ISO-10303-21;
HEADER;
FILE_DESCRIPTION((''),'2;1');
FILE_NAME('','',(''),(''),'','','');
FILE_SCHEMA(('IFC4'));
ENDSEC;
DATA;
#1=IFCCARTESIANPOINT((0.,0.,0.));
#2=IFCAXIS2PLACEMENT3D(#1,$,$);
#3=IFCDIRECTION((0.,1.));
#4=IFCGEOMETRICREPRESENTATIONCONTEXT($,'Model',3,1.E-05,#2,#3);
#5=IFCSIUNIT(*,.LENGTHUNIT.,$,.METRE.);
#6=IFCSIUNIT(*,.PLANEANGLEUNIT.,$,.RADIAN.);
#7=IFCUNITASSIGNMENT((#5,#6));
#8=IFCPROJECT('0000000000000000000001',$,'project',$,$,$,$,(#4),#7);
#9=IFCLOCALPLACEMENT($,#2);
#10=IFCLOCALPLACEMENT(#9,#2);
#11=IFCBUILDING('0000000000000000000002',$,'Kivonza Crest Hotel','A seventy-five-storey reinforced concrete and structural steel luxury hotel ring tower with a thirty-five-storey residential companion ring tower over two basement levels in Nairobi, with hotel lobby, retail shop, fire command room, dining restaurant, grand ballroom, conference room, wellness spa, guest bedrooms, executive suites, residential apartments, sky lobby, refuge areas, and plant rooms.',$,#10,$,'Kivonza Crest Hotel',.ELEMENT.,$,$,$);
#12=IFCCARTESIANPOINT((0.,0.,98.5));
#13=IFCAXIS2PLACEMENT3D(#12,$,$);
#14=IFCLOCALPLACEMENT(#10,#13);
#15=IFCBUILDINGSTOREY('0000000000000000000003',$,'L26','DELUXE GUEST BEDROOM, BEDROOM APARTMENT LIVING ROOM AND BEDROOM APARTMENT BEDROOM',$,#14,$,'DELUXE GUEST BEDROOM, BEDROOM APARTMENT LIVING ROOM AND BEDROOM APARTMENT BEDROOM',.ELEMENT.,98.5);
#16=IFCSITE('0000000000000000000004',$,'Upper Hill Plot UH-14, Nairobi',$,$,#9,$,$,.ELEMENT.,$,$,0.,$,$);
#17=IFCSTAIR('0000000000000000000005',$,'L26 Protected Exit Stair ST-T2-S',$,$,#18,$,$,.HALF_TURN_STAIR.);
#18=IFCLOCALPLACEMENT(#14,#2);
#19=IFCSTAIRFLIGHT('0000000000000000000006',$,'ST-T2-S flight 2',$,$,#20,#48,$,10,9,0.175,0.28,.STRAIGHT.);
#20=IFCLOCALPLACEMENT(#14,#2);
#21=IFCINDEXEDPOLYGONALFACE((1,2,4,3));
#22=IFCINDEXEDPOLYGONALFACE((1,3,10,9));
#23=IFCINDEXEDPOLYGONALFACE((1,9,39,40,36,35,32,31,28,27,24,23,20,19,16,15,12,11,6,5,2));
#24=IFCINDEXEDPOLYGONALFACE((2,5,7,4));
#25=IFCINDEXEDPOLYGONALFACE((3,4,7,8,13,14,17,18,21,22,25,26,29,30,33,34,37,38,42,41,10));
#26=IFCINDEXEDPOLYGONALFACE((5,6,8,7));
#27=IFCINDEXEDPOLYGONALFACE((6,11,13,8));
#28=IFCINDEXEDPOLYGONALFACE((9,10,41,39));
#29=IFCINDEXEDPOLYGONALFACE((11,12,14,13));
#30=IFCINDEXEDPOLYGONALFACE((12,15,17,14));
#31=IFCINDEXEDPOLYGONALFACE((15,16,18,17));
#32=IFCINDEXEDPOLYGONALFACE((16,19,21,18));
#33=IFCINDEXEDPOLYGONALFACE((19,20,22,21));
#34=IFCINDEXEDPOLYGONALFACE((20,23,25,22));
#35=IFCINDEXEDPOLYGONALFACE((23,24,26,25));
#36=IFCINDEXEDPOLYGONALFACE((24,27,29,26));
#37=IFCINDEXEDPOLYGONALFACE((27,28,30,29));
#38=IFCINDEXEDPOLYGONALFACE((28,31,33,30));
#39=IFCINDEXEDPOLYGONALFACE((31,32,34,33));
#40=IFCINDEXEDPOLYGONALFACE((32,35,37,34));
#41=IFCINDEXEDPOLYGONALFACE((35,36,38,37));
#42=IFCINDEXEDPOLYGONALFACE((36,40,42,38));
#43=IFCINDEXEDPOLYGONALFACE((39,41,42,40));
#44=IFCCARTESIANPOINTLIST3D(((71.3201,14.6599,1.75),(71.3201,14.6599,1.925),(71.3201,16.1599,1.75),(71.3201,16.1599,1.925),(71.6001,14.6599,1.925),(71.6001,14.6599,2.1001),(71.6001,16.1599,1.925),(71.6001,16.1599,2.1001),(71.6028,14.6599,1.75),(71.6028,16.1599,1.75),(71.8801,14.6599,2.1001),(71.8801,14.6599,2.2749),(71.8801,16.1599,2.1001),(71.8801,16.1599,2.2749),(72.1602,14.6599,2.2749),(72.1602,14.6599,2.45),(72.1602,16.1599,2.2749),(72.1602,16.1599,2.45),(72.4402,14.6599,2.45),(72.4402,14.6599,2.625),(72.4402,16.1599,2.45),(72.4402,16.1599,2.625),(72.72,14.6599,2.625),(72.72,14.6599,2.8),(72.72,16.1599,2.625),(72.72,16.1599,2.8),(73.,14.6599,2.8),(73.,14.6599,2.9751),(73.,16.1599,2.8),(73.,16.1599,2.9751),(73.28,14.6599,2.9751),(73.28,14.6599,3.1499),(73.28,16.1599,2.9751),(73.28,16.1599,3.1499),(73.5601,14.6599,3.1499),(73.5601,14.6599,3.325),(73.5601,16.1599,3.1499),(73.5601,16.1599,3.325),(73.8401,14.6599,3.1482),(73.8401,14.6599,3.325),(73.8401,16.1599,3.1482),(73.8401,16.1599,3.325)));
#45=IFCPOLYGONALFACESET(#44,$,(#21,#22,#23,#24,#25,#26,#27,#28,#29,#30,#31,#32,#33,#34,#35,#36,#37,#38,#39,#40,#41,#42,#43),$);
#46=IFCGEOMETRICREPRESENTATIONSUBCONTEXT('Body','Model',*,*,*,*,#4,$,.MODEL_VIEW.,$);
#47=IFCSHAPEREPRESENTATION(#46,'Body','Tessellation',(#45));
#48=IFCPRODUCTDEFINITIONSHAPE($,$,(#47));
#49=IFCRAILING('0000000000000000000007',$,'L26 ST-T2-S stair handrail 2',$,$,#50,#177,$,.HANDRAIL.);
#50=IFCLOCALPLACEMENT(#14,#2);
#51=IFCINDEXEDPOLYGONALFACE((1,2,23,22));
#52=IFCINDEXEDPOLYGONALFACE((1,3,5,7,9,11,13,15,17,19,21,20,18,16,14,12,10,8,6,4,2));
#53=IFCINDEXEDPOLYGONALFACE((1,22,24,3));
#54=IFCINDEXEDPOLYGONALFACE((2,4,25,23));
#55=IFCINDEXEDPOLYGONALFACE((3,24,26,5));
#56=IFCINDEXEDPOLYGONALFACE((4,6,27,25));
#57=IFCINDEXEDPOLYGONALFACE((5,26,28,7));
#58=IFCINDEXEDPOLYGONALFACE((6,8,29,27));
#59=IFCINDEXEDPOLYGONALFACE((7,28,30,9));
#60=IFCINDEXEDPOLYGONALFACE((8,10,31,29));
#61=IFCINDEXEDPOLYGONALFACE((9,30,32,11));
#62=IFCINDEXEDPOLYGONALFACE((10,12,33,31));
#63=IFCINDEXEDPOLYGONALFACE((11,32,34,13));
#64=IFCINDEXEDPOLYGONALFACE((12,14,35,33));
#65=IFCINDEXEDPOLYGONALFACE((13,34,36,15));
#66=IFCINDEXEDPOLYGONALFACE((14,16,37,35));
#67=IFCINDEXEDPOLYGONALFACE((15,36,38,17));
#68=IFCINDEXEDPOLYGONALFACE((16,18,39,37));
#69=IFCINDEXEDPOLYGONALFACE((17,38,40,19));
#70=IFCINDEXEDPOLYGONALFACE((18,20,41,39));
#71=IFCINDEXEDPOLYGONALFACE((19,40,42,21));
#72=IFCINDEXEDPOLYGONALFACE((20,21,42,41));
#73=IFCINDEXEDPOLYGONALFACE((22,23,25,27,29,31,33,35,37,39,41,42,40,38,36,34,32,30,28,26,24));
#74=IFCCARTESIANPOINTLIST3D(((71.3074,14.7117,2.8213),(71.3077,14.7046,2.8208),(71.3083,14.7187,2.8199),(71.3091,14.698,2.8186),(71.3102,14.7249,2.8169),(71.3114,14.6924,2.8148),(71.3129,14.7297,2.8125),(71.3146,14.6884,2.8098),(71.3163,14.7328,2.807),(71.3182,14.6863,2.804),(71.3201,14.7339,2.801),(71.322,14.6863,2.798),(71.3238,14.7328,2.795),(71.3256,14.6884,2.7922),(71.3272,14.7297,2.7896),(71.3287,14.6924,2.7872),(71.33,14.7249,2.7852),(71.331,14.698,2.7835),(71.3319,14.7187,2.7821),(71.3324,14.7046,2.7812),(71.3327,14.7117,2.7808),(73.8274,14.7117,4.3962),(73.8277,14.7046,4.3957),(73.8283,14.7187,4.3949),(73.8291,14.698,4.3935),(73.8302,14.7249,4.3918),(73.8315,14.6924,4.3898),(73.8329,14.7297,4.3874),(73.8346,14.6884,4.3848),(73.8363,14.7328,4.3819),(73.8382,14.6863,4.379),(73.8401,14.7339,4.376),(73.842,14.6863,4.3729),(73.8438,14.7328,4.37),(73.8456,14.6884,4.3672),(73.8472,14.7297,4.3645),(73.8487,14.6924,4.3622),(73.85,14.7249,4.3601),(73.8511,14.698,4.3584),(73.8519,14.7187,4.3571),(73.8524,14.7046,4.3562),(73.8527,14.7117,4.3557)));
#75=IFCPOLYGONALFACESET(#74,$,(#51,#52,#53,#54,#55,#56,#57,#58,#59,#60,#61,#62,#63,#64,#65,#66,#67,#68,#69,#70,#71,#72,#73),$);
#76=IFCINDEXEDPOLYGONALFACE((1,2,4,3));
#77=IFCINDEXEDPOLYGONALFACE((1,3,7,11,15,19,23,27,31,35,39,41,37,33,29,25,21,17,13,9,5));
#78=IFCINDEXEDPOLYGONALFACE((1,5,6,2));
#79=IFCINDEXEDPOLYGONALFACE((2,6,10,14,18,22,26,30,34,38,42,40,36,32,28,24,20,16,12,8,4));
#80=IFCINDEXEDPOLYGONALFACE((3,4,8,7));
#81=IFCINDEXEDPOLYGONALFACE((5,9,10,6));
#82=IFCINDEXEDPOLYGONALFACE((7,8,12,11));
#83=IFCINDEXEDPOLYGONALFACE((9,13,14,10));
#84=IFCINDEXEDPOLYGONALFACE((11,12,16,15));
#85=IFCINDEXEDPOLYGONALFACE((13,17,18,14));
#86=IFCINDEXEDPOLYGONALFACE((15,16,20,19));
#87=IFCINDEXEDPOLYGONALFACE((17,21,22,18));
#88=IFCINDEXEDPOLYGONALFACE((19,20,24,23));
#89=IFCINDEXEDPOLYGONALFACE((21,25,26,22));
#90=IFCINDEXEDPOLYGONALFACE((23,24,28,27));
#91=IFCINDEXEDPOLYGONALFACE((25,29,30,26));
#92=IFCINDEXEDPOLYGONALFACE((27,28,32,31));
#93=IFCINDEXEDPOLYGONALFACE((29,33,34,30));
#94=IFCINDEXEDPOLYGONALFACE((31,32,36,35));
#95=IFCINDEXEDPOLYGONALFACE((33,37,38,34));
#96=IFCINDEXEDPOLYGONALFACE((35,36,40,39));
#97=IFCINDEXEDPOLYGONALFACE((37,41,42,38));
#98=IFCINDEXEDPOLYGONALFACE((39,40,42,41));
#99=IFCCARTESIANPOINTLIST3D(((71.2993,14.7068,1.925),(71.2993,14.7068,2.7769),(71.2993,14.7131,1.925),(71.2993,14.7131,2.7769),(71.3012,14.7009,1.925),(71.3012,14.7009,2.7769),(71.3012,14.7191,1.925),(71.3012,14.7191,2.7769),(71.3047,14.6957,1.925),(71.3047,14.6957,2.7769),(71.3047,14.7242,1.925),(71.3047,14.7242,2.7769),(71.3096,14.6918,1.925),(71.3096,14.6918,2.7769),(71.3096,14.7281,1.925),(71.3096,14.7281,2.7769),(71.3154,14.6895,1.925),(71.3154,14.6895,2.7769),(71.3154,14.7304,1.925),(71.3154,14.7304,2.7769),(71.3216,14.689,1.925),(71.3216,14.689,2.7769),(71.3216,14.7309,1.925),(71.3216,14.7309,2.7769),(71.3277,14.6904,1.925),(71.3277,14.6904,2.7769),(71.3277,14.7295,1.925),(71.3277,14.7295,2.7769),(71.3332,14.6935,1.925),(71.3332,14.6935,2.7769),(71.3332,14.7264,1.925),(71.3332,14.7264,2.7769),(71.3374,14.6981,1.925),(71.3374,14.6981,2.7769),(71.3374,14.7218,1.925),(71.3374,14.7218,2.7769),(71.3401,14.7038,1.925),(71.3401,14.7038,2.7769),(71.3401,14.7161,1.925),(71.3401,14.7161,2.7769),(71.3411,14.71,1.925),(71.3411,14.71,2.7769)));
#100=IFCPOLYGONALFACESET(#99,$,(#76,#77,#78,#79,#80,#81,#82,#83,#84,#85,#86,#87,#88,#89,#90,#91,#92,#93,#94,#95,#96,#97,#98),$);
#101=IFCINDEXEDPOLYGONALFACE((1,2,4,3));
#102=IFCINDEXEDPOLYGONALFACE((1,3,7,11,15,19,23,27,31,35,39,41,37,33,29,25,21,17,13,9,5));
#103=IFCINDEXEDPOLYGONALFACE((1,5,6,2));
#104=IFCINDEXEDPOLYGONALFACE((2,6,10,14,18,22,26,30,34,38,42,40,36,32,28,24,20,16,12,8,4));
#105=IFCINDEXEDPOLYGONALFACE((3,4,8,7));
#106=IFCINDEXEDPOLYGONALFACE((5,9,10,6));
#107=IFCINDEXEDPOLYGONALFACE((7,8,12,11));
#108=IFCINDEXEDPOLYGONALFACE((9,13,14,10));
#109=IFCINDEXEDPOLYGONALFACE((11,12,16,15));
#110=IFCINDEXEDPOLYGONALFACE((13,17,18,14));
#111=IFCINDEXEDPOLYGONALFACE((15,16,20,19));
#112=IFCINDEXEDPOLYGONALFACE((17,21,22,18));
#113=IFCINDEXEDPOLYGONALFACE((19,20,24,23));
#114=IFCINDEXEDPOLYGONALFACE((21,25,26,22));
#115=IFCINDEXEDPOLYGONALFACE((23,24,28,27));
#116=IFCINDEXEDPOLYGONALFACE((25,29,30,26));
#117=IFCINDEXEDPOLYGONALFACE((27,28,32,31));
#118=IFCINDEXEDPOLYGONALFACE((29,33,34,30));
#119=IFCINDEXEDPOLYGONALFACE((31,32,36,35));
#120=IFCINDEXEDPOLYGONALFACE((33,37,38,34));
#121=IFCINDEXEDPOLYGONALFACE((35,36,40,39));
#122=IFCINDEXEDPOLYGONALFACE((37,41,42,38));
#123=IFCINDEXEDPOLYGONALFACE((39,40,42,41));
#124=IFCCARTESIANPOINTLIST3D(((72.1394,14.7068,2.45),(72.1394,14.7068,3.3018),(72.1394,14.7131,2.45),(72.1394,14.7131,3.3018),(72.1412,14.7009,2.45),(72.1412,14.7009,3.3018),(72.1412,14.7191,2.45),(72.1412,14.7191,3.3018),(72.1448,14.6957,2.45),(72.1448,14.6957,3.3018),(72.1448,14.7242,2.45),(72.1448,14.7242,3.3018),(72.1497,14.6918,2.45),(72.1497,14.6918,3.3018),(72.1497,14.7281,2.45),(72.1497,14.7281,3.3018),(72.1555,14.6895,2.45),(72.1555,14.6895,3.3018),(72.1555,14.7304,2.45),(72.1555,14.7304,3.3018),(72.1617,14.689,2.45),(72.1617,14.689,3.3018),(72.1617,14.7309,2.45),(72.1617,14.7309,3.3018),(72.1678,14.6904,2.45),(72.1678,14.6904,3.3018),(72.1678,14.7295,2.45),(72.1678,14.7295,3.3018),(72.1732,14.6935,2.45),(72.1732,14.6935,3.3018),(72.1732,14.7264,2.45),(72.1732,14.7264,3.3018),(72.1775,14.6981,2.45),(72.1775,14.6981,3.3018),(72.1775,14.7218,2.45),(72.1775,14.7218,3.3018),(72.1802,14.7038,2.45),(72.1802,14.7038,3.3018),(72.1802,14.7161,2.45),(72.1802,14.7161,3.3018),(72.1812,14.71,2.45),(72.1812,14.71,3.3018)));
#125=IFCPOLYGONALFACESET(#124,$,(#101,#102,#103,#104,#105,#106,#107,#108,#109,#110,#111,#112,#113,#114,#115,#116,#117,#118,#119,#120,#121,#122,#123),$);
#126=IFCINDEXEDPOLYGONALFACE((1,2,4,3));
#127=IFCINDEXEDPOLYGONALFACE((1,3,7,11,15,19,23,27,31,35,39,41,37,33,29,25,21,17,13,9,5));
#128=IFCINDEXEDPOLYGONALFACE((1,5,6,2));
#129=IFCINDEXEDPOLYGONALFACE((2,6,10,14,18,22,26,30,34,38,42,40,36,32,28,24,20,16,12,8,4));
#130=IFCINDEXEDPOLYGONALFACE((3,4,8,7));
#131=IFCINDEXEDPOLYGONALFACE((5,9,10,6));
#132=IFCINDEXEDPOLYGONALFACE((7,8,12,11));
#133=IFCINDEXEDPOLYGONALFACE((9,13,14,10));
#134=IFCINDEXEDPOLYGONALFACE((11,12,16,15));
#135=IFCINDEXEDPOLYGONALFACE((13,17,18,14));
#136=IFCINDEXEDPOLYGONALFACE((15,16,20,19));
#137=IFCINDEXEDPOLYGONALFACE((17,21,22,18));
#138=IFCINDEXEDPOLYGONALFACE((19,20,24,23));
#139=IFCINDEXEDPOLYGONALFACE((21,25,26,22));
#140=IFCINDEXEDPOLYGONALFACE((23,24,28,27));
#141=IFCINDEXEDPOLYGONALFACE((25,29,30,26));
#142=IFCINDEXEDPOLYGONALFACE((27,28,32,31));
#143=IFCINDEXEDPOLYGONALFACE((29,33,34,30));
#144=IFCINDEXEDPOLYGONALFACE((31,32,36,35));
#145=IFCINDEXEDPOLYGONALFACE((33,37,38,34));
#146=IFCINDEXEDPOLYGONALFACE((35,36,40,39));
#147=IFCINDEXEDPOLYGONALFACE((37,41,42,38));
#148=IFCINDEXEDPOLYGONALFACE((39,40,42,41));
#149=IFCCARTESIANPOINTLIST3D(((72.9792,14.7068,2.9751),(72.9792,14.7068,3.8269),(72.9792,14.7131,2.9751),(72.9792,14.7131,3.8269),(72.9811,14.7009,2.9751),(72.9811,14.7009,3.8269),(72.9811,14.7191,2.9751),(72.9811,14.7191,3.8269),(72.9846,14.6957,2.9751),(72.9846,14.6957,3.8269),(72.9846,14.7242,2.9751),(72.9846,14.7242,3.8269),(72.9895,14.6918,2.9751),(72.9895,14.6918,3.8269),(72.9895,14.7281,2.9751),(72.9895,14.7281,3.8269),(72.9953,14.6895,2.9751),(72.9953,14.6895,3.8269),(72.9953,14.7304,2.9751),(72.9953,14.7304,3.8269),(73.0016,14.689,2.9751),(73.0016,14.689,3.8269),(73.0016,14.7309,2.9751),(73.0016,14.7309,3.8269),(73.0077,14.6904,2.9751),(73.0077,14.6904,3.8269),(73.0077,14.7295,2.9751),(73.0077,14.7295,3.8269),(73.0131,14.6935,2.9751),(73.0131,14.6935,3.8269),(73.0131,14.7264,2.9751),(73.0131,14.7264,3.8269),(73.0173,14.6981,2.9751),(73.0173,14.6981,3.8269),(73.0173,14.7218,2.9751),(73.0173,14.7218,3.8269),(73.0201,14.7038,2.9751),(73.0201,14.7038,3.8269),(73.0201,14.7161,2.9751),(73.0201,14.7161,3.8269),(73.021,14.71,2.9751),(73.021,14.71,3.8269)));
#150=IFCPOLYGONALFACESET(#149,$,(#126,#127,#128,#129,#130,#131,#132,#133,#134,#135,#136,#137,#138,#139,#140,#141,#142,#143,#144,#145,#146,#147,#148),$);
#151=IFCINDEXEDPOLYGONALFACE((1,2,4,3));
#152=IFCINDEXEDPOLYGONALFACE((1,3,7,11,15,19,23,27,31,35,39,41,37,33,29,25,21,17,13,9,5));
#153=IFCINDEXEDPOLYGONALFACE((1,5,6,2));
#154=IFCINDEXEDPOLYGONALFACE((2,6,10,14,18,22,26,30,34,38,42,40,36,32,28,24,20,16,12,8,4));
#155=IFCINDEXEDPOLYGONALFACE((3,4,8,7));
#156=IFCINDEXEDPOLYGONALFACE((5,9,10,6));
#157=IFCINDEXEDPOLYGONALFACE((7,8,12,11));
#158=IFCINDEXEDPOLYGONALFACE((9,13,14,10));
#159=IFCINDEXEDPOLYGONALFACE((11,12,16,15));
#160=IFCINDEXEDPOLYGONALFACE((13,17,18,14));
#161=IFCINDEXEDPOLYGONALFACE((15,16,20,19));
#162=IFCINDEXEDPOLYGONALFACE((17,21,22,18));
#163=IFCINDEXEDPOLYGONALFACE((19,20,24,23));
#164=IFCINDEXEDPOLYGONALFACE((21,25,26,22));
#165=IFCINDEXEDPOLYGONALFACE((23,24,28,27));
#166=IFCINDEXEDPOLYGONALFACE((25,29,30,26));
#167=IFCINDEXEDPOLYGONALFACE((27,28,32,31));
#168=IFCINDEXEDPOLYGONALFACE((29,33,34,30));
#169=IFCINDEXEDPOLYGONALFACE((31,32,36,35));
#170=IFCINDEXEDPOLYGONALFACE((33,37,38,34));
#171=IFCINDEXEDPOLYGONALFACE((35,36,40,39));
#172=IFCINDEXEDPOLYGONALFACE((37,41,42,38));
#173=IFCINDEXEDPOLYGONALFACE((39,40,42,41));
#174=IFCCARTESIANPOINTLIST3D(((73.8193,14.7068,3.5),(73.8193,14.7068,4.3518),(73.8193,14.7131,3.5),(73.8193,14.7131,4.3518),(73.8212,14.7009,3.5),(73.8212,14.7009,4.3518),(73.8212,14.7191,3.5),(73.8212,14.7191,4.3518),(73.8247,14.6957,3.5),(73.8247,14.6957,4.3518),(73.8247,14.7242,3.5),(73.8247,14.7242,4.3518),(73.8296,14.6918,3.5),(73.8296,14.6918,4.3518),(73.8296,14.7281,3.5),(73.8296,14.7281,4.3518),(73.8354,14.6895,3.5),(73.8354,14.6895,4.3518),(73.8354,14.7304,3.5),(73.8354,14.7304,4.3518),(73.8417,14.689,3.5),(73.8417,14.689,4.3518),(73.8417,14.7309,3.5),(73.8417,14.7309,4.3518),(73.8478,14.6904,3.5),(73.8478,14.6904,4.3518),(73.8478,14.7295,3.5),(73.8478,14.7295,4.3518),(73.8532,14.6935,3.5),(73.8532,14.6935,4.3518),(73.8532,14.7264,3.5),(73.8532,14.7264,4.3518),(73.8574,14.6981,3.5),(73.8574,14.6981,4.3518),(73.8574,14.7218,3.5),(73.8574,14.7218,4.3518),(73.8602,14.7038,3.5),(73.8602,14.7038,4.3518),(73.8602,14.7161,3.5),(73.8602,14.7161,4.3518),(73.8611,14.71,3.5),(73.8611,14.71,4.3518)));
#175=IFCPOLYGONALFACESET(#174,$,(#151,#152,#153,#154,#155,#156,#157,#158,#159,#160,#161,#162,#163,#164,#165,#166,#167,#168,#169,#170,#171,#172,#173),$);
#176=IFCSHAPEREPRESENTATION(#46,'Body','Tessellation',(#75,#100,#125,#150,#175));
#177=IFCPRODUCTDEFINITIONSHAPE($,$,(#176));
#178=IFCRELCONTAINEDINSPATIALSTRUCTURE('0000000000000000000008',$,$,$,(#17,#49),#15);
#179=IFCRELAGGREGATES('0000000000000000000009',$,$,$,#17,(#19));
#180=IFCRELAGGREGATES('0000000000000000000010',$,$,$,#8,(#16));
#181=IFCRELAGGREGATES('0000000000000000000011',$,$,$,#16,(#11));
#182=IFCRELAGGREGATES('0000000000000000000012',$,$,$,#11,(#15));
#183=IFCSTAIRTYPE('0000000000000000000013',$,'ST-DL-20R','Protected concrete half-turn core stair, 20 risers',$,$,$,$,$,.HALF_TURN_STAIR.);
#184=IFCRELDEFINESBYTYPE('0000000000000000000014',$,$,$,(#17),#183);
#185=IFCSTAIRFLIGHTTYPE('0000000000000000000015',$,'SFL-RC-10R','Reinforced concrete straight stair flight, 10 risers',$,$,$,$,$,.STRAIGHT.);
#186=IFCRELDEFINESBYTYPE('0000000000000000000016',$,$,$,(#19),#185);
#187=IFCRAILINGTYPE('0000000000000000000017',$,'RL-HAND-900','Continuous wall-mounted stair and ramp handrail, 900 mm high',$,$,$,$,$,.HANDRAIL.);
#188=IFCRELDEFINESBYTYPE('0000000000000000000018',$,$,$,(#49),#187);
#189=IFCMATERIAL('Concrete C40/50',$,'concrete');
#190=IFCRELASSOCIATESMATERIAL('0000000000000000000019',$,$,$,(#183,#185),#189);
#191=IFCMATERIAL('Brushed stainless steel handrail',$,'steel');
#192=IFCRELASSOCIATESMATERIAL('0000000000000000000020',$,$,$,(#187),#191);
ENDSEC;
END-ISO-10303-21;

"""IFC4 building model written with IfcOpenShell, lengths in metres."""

from ifc_helpers import new_model, si_unit, direction, frame, origin, origin_2d, place, context, subcontext, project, spatial, polyline, circle, outline, extrude, material, type_object, element, aggregate, save


model = new_model("IFC4")

# Units and contexts
model_context = context("Model", 3, precision=1e-05, world=origin(), true_north=direction((0.0, 1.0)))
body_context = subcontext(model_context, "Body", "Model", "MODEL_VIEW")
ifc_project = project(units=[si_unit("LENGTHUNIT", "METRE"), si_unit("PLANEANGLEUNIT", "RADIAN")], contexts=[model_context])

# Site, building, storey
site_placement = place(None, origin())
site = spatial("IfcSite", under=ifc_project, at=site_placement, Name="Upper Hill Plot UH-14, Nairobi", CompositionType="ELEMENT", RefElevation=0.0)
building_placement = place(site_placement, origin())
building = spatial("IfcBuilding", under=site, at=building_placement, Name="Kivonza Crest Hotel", Description="A seventy-five-storey reinforced concrete and structural steel luxury hotel ring tower with a thirty-five-storey residential companion ring tower over two basement levels in Nairobi, with hotel lobby, retail shop, fire command room, dining restaurant, grand ballroom, conference room, wellness spa, guest bedrooms, executive suites, residential apartments, sky lobby, refuge areas, and plant rooms.", LongName="Kivonza Crest Hotel", CompositionType="ELEMENT")
storey_placement = place(building_placement, frame((0.0, 0.0, 98.5)))
storey = spatial("IfcBuildingStorey", under=building, at=storey_placement, Name="L26", Description="DELUXE GUEST BEDROOM, BEDROOM APARTMENT LIVING ROOM AND BEDROOM APARTMENT BEDROOM", LongName="DELUXE GUEST BEDROOM, BEDROOM APARTMENT LIVING ROOM AND BEDROOM APARTMENT BEDROOM", CompositionType="ELEMENT", Elevation=98.5)

# Stair, stair flight
ifc_material_1 = material(Name="Concrete C40/50", Category="concrete")
stair_type = type_object("IfcStairType", Name="ST-DL-20R", Description="Protected concrete half-turn core stair, 20 risers", PredefinedType="HALF_TURN_STAIR", material=ifc_material_1)
stair_placement = place(storey_placement, origin())
stair = element("IfcStair", 1, at=stair_placement, inside=storey, type_object=stair_type, Name="L26 Protected Exit Stair ST-T2-S", PredefinedType="HALF_TURN_STAIR")
stair_flight_type = type_object("IfcStairFlightType", Name="SFL-RC-10R", Description="Reinforced concrete straight stair flight, 10 risers", PredefinedType="STRAIGHT", material=ifc_material_1)
stair_flight_placement = place(storey_placement, frame((71.3201, 15.4099, 1.75), z_axis=(0.0, 0.0, 1.0), x_axis=(1.0, 0.0, 0.0)))
stair_flight = element("IfcStairFlight", 2, at=stair_flight_placement, type_object=stair_flight_type, Name="ST-T2-S flight 2", NumberOfRisers=10, NumberOfTreads=9, PredefinedType="STRAIGHT", RiserHeight=0.175, TreadLength=0.28, context=body_context, shape_type="SweptSolid", body=[
    extrude(outline(polyline([(0.0, 0.0), (0.0, 0.175), (0.28, 0.175), (0.28, 0.3501), (0.5601, 0.3501), (0.5601, 0.5249), (0.8401, 0.5249), (0.8401, 0.7), (1.1201, 0.7), (1.1201, 0.875), (1.3999, 0.875), (1.3999, 1.05), (1.6799, 1.05), (1.6799, 1.2251), (1.96, 1.2251), (1.96, 1.3999), (2.24, 1.3999), (2.24, 1.575), (2.52, 1.575), (2.52, 1.75), (2.52, 1.3982), (0.2827, 0.0), (0.0, 0.0)])), frame((0.0, 0.75, 0.0), z_axis=(0.0, -1.0, 0.0), x_axis=(1.0, 0.0, 0.0)), (0.0, 0.0, 1.0), 1.5),
])
aggregate(stair, [stair_flight])

# Railing
ifc_material_2 = material(Name="Brushed stainless steel handrail", Category="steel")
railing_type_1 = type_object("IfcRailingType", Name="RL-HAND-900", Description="Continuous wall-mounted stair and ramp handrail, 900 mm high", PredefinedType="HANDRAIL", material=ifc_material_2)
railing_1_placement = place(storey_placement, frame((71.3201, 14.71, 1.925)))
element("IfcRailing", 3, at=railing_1_placement, inside=storey, type_object=railing_type_1, Name="L26 ST-T2-S stair handrail 2", PredefinedType="HANDRAIL", context=body_context, shape_type="SweptSolid", body=[
    extrude(circle(Radius=0.0239, at=origin_2d()), frame((0.0, 0.0, 0.876), z_axis=(0.848008, 0.0, 0.529984), x_axis=(0.0, 1.0, 0.0)), (0.0, 0.0, 1.0), 2.9717),
    extrude(circle(Radius=0.021, at=origin_2d()), origin(), (0.0, 0.0, 1.0), 0.8518),
    extrude(circle(Radius=0.021, at=origin_2d()), frame((0.8401, 0.0, 0.5249)), (0.0, 0.0, 1.0), 0.8518),
    extrude(circle(Radius=0.021, at=origin_2d()), frame((1.6799, 0.0, 1.05)), (0.0, 0.0, 1.0), 0.8518),
    extrude(circle(Radius=0.021, at=origin_2d()), frame((2.52, 0.0, 1.575)), (0.0, 0.0, 1.0), 0.8518),
])

save(model, "model.ifc")
